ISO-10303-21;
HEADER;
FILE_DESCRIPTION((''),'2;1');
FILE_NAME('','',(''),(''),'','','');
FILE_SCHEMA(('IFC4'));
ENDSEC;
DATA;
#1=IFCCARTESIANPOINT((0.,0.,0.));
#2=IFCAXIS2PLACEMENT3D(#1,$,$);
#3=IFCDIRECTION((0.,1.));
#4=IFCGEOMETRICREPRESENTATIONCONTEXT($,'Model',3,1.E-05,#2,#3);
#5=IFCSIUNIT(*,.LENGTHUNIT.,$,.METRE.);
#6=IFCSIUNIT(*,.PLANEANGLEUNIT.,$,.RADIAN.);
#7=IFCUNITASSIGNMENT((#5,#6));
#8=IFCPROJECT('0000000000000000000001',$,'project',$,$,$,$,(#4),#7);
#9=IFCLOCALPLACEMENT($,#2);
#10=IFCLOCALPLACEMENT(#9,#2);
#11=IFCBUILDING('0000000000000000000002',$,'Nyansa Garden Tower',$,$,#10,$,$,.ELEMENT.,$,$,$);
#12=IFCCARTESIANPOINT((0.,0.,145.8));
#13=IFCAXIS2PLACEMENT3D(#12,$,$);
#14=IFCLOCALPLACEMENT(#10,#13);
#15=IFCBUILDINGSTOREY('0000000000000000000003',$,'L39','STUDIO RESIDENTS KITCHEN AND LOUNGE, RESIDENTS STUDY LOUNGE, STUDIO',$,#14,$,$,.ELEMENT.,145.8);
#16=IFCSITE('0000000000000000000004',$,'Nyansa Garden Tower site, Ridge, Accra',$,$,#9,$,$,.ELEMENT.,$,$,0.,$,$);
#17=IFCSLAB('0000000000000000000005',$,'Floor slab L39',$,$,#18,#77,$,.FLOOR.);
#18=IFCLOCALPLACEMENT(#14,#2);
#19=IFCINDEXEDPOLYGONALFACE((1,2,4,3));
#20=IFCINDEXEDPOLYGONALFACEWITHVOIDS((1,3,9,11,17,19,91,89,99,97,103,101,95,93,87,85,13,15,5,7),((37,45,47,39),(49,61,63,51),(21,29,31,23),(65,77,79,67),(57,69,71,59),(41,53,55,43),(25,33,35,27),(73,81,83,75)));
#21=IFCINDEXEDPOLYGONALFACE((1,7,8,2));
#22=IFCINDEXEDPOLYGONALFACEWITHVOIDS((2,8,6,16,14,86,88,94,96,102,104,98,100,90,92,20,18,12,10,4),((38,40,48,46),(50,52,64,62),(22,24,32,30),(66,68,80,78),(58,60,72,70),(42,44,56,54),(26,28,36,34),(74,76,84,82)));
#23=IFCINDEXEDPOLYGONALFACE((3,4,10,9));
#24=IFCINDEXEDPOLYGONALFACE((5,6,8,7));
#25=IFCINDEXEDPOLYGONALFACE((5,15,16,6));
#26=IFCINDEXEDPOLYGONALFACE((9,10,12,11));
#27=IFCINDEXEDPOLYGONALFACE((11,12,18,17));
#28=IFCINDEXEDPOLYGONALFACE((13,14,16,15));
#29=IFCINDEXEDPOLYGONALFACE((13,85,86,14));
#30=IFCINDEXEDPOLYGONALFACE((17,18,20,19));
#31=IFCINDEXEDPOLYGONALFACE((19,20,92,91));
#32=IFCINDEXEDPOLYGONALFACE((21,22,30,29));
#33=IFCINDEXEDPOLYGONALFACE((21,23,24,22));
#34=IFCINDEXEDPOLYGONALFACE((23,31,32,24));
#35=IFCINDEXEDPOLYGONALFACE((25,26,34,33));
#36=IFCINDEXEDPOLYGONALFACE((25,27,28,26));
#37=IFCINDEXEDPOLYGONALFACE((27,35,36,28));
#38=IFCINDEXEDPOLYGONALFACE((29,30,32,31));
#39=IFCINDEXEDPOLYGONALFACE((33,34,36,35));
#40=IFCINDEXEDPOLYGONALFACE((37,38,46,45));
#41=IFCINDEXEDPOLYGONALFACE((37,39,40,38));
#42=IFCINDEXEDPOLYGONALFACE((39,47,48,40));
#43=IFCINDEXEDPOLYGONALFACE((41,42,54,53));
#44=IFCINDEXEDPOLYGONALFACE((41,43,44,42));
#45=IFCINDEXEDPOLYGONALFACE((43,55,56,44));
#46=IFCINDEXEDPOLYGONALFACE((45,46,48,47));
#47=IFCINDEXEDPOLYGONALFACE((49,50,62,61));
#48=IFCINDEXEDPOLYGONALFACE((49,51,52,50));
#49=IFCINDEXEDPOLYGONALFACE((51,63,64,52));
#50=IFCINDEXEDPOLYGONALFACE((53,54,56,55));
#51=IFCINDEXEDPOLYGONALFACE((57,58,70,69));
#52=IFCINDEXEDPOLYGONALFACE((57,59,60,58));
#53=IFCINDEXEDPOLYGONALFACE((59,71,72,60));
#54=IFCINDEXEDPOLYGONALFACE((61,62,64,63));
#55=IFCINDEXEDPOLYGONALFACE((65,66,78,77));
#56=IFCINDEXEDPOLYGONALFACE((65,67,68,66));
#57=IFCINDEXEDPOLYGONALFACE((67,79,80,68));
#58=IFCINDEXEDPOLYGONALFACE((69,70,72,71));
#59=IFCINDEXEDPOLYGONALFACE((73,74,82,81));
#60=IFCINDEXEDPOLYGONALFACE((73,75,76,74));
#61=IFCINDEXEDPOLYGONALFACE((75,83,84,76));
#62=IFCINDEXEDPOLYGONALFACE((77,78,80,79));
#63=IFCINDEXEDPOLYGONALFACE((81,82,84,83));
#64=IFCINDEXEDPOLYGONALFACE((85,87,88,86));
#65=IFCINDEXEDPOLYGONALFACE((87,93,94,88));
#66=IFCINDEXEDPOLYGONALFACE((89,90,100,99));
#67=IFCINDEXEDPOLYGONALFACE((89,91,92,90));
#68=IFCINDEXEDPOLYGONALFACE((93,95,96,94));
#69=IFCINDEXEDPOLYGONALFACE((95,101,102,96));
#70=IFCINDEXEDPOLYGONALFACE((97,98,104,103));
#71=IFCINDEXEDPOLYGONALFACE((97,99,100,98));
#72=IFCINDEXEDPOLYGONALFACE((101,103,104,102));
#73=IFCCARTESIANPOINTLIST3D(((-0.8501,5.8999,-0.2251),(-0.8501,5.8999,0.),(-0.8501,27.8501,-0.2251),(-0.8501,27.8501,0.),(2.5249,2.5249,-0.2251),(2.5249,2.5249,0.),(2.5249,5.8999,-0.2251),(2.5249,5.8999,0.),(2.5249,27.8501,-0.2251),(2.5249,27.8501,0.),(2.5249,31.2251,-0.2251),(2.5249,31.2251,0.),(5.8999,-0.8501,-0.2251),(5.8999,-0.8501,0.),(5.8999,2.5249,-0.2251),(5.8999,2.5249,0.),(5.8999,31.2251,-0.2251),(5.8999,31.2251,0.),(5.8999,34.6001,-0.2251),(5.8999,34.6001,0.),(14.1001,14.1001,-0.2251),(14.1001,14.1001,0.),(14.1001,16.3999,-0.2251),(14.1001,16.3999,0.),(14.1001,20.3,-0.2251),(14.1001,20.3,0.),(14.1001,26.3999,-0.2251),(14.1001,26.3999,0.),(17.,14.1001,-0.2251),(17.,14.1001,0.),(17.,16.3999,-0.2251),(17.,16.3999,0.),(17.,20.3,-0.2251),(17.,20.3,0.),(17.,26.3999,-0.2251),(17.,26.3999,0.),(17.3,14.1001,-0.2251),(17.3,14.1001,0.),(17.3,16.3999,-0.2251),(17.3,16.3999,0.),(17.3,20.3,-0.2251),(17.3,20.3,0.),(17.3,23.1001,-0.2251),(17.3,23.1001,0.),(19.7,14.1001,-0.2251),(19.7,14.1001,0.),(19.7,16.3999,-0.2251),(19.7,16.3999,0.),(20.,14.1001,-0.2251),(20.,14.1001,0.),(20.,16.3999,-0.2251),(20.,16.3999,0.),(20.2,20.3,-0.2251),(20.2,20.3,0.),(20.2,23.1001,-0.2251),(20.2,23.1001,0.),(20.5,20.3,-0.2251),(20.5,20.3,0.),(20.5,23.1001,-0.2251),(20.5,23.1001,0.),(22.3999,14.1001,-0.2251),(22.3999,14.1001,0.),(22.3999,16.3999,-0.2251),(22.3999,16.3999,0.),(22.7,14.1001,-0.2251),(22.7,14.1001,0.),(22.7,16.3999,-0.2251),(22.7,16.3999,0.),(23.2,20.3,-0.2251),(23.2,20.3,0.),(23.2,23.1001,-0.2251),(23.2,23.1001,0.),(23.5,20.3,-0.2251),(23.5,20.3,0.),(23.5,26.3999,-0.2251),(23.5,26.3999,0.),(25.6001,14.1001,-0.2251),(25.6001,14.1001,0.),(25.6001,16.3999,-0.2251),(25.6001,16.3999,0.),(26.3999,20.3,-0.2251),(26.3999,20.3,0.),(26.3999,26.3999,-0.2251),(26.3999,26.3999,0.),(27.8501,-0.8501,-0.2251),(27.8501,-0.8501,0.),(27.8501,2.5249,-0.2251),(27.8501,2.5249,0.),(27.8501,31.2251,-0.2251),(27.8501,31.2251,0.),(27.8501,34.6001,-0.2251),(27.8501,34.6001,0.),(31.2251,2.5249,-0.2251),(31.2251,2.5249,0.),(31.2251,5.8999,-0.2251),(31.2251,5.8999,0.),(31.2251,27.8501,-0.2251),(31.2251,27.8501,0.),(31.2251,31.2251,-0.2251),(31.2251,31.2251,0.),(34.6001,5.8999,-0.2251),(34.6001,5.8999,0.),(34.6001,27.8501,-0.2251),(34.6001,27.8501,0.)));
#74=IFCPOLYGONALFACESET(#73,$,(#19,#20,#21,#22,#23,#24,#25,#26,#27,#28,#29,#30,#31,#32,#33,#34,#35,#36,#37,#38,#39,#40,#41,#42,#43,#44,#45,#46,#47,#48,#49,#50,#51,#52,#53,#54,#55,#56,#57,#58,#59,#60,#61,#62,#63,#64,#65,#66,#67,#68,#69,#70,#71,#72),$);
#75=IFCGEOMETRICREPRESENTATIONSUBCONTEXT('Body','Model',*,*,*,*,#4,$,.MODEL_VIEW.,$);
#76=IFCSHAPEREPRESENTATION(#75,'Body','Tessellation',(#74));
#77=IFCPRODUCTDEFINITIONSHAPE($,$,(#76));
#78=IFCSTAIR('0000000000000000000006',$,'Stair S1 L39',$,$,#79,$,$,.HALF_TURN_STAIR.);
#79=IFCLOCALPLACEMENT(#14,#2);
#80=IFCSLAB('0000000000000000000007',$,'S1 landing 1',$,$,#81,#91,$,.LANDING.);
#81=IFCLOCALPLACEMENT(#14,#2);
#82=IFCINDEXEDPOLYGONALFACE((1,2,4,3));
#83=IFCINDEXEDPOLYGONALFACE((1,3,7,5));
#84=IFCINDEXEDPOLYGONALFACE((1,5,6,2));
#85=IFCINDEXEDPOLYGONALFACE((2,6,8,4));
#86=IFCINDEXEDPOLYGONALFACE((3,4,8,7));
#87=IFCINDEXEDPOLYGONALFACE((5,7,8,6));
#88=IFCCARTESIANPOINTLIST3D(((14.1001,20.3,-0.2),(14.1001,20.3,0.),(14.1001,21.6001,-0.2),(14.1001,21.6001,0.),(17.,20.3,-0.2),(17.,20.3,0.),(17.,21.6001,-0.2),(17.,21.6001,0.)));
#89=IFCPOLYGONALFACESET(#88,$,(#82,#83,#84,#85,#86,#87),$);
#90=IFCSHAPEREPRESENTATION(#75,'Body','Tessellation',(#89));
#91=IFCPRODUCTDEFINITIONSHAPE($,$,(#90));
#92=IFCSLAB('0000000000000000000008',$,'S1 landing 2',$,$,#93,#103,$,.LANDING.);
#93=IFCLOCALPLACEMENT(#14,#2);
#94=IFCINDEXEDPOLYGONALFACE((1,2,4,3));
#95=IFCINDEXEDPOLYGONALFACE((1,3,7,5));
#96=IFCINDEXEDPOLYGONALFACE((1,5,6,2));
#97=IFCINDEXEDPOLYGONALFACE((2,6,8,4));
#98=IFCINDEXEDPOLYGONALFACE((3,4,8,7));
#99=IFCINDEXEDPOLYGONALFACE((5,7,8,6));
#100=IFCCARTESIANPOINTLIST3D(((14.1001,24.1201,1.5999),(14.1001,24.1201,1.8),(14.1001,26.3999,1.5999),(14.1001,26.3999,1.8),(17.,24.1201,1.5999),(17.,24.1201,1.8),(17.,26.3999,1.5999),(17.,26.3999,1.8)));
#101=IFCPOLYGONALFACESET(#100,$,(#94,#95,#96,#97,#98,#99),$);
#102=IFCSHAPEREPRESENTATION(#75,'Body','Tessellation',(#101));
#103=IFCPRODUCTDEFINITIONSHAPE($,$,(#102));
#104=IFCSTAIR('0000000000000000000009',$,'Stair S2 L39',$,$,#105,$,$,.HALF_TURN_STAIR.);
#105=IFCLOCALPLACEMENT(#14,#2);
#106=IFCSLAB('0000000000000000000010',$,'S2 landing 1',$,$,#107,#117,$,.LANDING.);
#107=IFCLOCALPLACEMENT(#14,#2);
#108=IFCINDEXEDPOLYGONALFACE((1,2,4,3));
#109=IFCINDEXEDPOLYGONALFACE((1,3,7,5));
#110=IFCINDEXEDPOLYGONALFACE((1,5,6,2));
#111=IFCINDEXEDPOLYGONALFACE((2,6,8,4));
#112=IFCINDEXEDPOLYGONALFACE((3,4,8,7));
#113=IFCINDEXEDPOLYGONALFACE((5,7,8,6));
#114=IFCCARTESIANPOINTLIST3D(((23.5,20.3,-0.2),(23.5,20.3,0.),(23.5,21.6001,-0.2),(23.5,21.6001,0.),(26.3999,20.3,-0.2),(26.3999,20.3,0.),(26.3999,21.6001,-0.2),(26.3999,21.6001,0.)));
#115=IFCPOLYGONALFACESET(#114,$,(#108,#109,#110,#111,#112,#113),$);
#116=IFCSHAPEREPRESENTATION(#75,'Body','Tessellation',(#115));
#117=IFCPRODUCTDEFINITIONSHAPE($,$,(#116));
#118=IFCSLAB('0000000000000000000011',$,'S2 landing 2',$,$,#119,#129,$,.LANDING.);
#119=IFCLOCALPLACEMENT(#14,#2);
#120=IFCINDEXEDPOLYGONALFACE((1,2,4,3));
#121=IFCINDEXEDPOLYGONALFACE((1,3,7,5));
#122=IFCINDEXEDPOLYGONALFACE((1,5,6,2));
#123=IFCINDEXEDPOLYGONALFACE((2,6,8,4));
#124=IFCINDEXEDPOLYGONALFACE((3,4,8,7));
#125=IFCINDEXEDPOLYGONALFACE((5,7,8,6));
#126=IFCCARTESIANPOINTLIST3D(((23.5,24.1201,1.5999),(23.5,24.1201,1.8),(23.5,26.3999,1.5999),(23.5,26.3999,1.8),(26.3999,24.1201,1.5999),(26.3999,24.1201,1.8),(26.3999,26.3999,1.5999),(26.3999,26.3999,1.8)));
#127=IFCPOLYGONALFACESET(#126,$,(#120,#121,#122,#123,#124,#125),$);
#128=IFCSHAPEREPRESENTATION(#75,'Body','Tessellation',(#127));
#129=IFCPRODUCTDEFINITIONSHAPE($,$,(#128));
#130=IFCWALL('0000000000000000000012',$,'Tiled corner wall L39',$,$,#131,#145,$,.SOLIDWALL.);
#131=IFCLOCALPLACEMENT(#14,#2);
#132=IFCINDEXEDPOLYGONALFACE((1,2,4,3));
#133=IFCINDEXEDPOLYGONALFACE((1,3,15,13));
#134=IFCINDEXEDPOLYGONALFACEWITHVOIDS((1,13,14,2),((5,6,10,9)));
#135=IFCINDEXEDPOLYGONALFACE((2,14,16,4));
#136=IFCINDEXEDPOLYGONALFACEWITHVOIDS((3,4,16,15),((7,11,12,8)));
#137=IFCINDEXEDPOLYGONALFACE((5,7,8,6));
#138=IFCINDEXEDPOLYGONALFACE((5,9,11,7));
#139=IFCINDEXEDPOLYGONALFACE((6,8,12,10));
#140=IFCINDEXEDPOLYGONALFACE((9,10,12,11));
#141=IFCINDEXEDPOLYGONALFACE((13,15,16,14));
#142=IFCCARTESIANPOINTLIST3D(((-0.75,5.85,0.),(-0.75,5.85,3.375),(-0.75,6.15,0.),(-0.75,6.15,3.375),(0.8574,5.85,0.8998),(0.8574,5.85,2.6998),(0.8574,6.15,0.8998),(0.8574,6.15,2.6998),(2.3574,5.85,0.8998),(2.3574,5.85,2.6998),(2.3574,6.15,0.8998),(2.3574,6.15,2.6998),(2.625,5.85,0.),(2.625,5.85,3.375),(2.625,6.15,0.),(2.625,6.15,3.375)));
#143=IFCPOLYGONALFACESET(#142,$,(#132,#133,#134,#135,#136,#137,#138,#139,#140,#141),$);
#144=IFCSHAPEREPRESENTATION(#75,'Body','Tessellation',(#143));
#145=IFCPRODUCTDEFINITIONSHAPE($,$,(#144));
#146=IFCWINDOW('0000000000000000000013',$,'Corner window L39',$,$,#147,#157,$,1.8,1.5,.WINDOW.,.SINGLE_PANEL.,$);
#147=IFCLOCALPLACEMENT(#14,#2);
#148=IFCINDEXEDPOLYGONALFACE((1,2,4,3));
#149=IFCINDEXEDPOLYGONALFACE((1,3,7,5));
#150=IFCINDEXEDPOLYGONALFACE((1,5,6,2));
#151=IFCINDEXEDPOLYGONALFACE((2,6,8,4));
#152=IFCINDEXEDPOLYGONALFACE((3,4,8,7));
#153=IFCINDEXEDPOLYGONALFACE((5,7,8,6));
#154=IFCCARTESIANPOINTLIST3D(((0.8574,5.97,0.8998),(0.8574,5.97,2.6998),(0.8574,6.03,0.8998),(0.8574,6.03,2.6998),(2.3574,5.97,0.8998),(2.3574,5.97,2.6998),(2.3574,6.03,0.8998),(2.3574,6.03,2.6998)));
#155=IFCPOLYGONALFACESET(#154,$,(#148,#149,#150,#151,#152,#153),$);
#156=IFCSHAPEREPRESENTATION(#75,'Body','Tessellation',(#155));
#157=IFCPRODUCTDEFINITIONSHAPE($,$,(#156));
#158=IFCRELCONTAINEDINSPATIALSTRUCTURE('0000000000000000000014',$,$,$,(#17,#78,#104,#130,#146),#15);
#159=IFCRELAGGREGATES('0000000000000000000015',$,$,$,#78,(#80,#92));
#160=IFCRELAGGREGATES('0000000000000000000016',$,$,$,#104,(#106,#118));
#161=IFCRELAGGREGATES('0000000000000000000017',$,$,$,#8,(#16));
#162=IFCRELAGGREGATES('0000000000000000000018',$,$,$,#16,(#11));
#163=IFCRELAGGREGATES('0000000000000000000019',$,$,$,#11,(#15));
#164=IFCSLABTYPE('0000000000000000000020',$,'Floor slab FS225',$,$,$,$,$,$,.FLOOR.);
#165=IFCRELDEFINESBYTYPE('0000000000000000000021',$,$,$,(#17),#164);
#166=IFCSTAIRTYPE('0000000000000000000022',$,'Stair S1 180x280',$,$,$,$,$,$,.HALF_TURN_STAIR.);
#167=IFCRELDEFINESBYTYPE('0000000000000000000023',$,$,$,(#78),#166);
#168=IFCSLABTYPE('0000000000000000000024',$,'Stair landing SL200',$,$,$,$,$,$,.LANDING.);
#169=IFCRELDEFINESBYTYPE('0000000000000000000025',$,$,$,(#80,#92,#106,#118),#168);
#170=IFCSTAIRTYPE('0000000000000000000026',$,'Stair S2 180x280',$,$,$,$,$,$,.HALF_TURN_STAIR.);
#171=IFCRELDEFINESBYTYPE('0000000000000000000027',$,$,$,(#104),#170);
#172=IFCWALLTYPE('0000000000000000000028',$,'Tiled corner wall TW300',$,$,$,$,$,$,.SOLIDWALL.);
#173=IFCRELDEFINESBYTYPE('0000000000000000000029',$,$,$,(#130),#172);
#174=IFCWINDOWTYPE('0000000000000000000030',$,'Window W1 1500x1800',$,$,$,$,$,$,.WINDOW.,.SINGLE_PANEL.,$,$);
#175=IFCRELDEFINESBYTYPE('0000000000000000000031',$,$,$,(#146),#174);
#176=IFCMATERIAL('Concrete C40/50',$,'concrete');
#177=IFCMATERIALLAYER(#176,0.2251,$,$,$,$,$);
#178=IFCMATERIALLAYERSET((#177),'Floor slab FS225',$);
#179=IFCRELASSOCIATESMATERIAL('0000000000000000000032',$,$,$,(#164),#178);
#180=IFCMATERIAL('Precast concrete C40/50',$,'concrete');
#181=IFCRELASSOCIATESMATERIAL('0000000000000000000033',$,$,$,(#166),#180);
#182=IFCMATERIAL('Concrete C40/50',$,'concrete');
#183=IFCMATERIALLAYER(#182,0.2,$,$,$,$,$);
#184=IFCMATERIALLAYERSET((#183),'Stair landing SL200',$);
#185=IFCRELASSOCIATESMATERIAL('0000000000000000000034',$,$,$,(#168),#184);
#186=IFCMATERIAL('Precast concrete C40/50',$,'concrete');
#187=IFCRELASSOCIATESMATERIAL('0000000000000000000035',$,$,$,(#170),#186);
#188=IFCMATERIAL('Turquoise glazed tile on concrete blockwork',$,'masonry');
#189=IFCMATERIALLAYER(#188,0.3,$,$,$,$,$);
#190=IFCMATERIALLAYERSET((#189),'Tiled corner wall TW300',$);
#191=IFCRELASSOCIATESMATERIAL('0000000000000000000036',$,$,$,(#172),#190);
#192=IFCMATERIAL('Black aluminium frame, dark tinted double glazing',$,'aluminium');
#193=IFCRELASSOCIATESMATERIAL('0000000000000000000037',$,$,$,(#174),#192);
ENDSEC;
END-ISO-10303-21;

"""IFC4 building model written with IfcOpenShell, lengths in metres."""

from ifc_helpers import new_model, si_unit, direction, frame, frame_2d, origin, place, context, subcontext, project, spatial, polyline, rectangle, outline, extrude, material, layer, layer_set, type_object, element, fill, aggregate, save


model = new_model("IFC4")

# Units and contexts
model_context = context("Model", 3, precision=1e-05, world=origin(), true_north=direction((0.0, 1.0)))
body_context = subcontext(model_context, "Body", "Model", "MODEL_VIEW")
ifc_project = project(units=[si_unit("LENGTHUNIT", "METRE"), si_unit("PLANEANGLEUNIT", "RADIAN")], contexts=[model_context])

# Site, building, storey
site_placement = place(None, origin())
site = spatial("IfcSite", under=ifc_project, at=site_placement, Name="Nyansa Garden Tower site, Ridge, Accra", CompositionType="ELEMENT", RefElevation=0.0)
building_placement = place(site_placement, origin())
building = spatial("IfcBuilding", under=site, at=building_placement, Name="Nyansa Garden Tower", CompositionType="ELEMENT")
storey_placement = place(building_placement, frame((0.0, 0.0, 145.8)))
storey = spatial("IfcBuildingStorey", under=building, at=storey_placement, Name="L39", Description="STUDIO RESIDENTS KITCHEN AND LOUNGE, RESIDENTS STUDY LOUNGE, STUDIO", CompositionType="ELEMENT", Elevation=145.8)

# Slab
ifc_material_1 = material(Name="Concrete C40/50", Category="concrete")
ifc_layer_1 = layer(ifc_material_1, 0.2251)
ifc_layer_set_1 = layer_set([ifc_layer_1], Name="Floor slab FS225")
slab_type_1 = type_object("IfcSlabType", Name="Floor slab FS225", PredefinedType="FLOOR", material=ifc_layer_set_1)
slab_1_placement = place(storey_placement, frame((0.0, 0.0, -0.2251)))
element("IfcSlab", 1, at=slab_1_placement, inside=storey, type_object=slab_type_1, Name="Floor slab L39", PredefinedType="FLOOR", context=body_context, shape_type="SweptSolid", body=[
    extrude(outline(polyline([(34.6001, 5.8999), (31.2251, 5.8999), (31.2251, 2.5249), (27.8501, 2.5249), (27.8501, -0.8501), (5.8999, -0.8501), (5.8999, 2.5249), (2.5249, 2.5249), (2.5249, 5.8999), (-0.8501, 5.8999), (-0.8501, 27.8501), (2.5249, 27.8501), (2.5249, 31.2251), (5.8999, 31.2251), (5.8999, 34.6001), (27.8501, 34.6001), (27.8501, 31.2251), (31.2251, 31.2251), (31.2251, 27.8501), (34.6001, 27.8501), (34.6001, 5.8999)]), holes=[polyline([(14.1001, 14.1001), (17.0, 14.1001), (17.0, 16.3999), (14.1001, 16.3999), (14.1001, 14.1001)]), polyline([(17.3, 14.1001), (19.7, 14.1001), (19.7, 16.3999), (17.3, 16.3999), (17.3, 14.1001)]), polyline([(20.0, 14.1001), (22.3999, 14.1001), (22.3999, 16.3999), (20.0, 16.3999), (20.0, 14.1001)]), polyline([(22.7, 14.1001), (25.6001, 14.1001), (25.6001, 16.3999), (22.7, 16.3999), (22.7, 14.1001)]), polyline([(17.3, 20.3), (20.2, 20.3), (20.2, 23.1001), (17.3, 23.1001), (17.3, 20.3)]), polyline([(20.5, 20.3), (23.2, 20.3), (23.2, 23.1001), (20.5, 23.1001), (20.5, 20.3)]), polyline([(14.1001, 20.3), (17.0, 20.3), (17.0, 26.3999), (14.1001, 26.3999), (14.1001, 20.3)]), polyline([(23.5, 20.3), (26.3999, 20.3), (26.3999, 26.3999), (23.5, 26.3999), (23.5, 20.3)])]), origin(), (0.0, 0.0, 1.0), 0.2251),
])

# Stairs, slabs
ifc_material_2 = material(Name="Precast concrete C40/50", Category="concrete")
stair_type_1 = type_object("IfcStairType", Name="Stair S1 180x280", PredefinedType="HALF_TURN_STAIR", material=ifc_material_2)
stair_1_placement = place(storey_placement, origin())
stair_1 = element("IfcStair", 2, at=stair_1_placement, inside=storey, type_object=stair_type_1, Name="Stair S1 L39", PredefinedType="HALF_TURN_STAIR")
ifc_material_3 = material(Name="Concrete C40/50", Category="concrete")
ifc_layer_2 = layer(ifc_material_3, 0.2)
ifc_layer_set_2 = layer_set([ifc_layer_2], Name="Stair landing SL200")
slab_type_2 = type_object("IfcSlabType", Name="Stair landing SL200", PredefinedType="LANDING", material=ifc_layer_set_2)
slab_2_placement = place(storey_placement, frame((0.0, 0.0, -0.2)))
slab_2 = element("IfcSlab", 3, at=slab_2_placement, type_object=slab_type_2, Name="S1 landing 1", PredefinedType="LANDING", context=body_context, shape_type="SweptSolid", body=[
    extrude(outline(polyline([(14.1001, 20.3), (17.0, 20.3), (17.0, 21.6001), (14.1001, 21.6001), (14.1001, 20.3)])), origin(), (0.0, 0.0, 1.0), 0.2),
])
slab_3_placement = place(storey_placement, frame((0.0, 0.0, 1.5999)))
slab_3 = element("IfcSlab", 4, at=slab_3_placement, type_object=slab_type_2, Name="S1 landing 2", PredefinedType="LANDING", context=body_context, shape_type="SweptSolid", body=[
    extrude(outline(polyline([(14.1001, 24.1201), (17.0, 24.1201), (17.0, 26.3999), (14.1001, 26.3999), (14.1001, 24.1201)])), origin(), (0.0, 0.0, 1.0), 0.2002),
])
aggregate(stair_1, [slab_2, slab_3])
ifc_material_4 = material(Name="Precast concrete C40/50", Category="concrete")
stair_type_2 = type_object("IfcStairType", Name="Stair S2 180x280", PredefinedType="HALF_TURN_STAIR", material=ifc_material_4)
stair_2_placement = place(storey_placement, origin())
stair_2 = element("IfcStair", 5, at=stair_2_placement, inside=storey, type_object=stair_type_2, Name="Stair S2 L39", PredefinedType="HALF_TURN_STAIR")
slab_4_placement = place(storey_placement, frame((0.0, 0.0, -0.2)))
slab_4 = element("IfcSlab", 6, at=slab_4_placement, type_object=slab_type_2, Name="S2 landing 1", PredefinedType="LANDING", context=body_context, shape_type="SweptSolid", body=[
    extrude(outline(polyline([(23.5, 20.3), (26.3999, 20.3), (26.3999, 21.6001), (23.5, 21.6001), (23.5, 20.3)])), origin(), (0.0, 0.0, 1.0), 0.2),
])
slab_5_placement = place(storey_placement, frame((0.0, 0.0, 1.5999)))
slab_5 = element("IfcSlab", 7, at=slab_5_placement, type_object=slab_type_2, Name="S2 landing 2", PredefinedType="LANDING", context=body_context, shape_type="SweptSolid", body=[
    extrude(outline(polyline([(23.5, 24.1201), (26.3999, 24.1201), (26.3999, 26.3999), (23.5, 26.3999), (23.5, 24.1201)])), origin(), (0.0, 0.0, 1.0), 0.2002),
])
aggregate(stair_2, [slab_4, slab_5])

# Wall, opening, window
ifc_material_5 = material(Name="Turquoise glazed tile on concrete blockwork", Category="masonry")
ifc_layer_3 = layer(ifc_material_5, 0.3)
ifc_layer_set_3 = layer_set([ifc_layer_3], Name="Tiled corner wall TW300")
wall_type = type_object("IfcWallType", Name="Tiled corner wall TW300", PredefinedType="SOLIDWALL", material=ifc_layer_set_3)
wall_1_placement = place(storey_placement, frame((-0.75, 6.0, 0.0), z_axis=(0.0, 0.0, 1.0), x_axis=(1.0, 0.0, 0.0)))
wall_1 = element("IfcWall", 8, at=wall_1_placement, inside=storey, type_object=wall_type, Name="Tiled corner wall L39", PredefinedType="SOLIDWALL", context=body_context, shape_type="SweptSolid", body=[
    extrude(rectangle(XDim=3.375, YDim=0.3, at=frame_2d((1.6875, 0.0))), origin(), (0.0, 0.0, 1.0), 3.375),
])
opening_1_placement = place(wall_1_placement, frame((1.6074, 0.0, 0.8999)))
opening_1 = element("IfcOpeningElement", 9, at=opening_1_placement, cuts=wall_1, PredefinedType="OPENING", context=body_context, shape_type="SweptSolid", body=[
    extrude(rectangle(XDim=1.5, YDim=1.8, at=frame_2d((0.75, 0.8999))), frame((0.0, 0.1599, 0.0), z_axis=(0.0, -1.0, 0.0), x_axis=(1.0, 0.0, 0.0)), (0.0, 0.0, 1.0), 0.3201),
])
ifc_material_6 = material(Name="Black aluminium frame, dark tinted double glazing", Category="aluminium")
window_type_1 = type_object("IfcWindowType", Name="Window W1 1500x1800", PartitioningType="SINGLE_PANEL", PredefinedType="WINDOW", material=ifc_material_6)
window_1_placement = place(opening_1_placement, origin())
window_1 = element("IfcWindow", 10, at=window_1_placement, inside=storey, type_object=window_type_1, Name="Corner window L39", OverallHeight=1.8, OverallWidth=1.5, PartitioningType="SINGLE_PANEL", PredefinedType="WINDOW", context=body_context, shape_type="SweptSolid", body=[
    extrude(rectangle(XDim=1.5, YDim=1.8, at=frame_2d((0.75, 0.8999))), frame((0.0, 0.03, 0.0), z_axis=(0.0, -1.0, 0.0), x_axis=(1.0, 0.0, 0.0)), (0.0, 0.0, 1.0), 0.0601),
])
fill(opening_1, window_1)

save(model, "model.ifc")
